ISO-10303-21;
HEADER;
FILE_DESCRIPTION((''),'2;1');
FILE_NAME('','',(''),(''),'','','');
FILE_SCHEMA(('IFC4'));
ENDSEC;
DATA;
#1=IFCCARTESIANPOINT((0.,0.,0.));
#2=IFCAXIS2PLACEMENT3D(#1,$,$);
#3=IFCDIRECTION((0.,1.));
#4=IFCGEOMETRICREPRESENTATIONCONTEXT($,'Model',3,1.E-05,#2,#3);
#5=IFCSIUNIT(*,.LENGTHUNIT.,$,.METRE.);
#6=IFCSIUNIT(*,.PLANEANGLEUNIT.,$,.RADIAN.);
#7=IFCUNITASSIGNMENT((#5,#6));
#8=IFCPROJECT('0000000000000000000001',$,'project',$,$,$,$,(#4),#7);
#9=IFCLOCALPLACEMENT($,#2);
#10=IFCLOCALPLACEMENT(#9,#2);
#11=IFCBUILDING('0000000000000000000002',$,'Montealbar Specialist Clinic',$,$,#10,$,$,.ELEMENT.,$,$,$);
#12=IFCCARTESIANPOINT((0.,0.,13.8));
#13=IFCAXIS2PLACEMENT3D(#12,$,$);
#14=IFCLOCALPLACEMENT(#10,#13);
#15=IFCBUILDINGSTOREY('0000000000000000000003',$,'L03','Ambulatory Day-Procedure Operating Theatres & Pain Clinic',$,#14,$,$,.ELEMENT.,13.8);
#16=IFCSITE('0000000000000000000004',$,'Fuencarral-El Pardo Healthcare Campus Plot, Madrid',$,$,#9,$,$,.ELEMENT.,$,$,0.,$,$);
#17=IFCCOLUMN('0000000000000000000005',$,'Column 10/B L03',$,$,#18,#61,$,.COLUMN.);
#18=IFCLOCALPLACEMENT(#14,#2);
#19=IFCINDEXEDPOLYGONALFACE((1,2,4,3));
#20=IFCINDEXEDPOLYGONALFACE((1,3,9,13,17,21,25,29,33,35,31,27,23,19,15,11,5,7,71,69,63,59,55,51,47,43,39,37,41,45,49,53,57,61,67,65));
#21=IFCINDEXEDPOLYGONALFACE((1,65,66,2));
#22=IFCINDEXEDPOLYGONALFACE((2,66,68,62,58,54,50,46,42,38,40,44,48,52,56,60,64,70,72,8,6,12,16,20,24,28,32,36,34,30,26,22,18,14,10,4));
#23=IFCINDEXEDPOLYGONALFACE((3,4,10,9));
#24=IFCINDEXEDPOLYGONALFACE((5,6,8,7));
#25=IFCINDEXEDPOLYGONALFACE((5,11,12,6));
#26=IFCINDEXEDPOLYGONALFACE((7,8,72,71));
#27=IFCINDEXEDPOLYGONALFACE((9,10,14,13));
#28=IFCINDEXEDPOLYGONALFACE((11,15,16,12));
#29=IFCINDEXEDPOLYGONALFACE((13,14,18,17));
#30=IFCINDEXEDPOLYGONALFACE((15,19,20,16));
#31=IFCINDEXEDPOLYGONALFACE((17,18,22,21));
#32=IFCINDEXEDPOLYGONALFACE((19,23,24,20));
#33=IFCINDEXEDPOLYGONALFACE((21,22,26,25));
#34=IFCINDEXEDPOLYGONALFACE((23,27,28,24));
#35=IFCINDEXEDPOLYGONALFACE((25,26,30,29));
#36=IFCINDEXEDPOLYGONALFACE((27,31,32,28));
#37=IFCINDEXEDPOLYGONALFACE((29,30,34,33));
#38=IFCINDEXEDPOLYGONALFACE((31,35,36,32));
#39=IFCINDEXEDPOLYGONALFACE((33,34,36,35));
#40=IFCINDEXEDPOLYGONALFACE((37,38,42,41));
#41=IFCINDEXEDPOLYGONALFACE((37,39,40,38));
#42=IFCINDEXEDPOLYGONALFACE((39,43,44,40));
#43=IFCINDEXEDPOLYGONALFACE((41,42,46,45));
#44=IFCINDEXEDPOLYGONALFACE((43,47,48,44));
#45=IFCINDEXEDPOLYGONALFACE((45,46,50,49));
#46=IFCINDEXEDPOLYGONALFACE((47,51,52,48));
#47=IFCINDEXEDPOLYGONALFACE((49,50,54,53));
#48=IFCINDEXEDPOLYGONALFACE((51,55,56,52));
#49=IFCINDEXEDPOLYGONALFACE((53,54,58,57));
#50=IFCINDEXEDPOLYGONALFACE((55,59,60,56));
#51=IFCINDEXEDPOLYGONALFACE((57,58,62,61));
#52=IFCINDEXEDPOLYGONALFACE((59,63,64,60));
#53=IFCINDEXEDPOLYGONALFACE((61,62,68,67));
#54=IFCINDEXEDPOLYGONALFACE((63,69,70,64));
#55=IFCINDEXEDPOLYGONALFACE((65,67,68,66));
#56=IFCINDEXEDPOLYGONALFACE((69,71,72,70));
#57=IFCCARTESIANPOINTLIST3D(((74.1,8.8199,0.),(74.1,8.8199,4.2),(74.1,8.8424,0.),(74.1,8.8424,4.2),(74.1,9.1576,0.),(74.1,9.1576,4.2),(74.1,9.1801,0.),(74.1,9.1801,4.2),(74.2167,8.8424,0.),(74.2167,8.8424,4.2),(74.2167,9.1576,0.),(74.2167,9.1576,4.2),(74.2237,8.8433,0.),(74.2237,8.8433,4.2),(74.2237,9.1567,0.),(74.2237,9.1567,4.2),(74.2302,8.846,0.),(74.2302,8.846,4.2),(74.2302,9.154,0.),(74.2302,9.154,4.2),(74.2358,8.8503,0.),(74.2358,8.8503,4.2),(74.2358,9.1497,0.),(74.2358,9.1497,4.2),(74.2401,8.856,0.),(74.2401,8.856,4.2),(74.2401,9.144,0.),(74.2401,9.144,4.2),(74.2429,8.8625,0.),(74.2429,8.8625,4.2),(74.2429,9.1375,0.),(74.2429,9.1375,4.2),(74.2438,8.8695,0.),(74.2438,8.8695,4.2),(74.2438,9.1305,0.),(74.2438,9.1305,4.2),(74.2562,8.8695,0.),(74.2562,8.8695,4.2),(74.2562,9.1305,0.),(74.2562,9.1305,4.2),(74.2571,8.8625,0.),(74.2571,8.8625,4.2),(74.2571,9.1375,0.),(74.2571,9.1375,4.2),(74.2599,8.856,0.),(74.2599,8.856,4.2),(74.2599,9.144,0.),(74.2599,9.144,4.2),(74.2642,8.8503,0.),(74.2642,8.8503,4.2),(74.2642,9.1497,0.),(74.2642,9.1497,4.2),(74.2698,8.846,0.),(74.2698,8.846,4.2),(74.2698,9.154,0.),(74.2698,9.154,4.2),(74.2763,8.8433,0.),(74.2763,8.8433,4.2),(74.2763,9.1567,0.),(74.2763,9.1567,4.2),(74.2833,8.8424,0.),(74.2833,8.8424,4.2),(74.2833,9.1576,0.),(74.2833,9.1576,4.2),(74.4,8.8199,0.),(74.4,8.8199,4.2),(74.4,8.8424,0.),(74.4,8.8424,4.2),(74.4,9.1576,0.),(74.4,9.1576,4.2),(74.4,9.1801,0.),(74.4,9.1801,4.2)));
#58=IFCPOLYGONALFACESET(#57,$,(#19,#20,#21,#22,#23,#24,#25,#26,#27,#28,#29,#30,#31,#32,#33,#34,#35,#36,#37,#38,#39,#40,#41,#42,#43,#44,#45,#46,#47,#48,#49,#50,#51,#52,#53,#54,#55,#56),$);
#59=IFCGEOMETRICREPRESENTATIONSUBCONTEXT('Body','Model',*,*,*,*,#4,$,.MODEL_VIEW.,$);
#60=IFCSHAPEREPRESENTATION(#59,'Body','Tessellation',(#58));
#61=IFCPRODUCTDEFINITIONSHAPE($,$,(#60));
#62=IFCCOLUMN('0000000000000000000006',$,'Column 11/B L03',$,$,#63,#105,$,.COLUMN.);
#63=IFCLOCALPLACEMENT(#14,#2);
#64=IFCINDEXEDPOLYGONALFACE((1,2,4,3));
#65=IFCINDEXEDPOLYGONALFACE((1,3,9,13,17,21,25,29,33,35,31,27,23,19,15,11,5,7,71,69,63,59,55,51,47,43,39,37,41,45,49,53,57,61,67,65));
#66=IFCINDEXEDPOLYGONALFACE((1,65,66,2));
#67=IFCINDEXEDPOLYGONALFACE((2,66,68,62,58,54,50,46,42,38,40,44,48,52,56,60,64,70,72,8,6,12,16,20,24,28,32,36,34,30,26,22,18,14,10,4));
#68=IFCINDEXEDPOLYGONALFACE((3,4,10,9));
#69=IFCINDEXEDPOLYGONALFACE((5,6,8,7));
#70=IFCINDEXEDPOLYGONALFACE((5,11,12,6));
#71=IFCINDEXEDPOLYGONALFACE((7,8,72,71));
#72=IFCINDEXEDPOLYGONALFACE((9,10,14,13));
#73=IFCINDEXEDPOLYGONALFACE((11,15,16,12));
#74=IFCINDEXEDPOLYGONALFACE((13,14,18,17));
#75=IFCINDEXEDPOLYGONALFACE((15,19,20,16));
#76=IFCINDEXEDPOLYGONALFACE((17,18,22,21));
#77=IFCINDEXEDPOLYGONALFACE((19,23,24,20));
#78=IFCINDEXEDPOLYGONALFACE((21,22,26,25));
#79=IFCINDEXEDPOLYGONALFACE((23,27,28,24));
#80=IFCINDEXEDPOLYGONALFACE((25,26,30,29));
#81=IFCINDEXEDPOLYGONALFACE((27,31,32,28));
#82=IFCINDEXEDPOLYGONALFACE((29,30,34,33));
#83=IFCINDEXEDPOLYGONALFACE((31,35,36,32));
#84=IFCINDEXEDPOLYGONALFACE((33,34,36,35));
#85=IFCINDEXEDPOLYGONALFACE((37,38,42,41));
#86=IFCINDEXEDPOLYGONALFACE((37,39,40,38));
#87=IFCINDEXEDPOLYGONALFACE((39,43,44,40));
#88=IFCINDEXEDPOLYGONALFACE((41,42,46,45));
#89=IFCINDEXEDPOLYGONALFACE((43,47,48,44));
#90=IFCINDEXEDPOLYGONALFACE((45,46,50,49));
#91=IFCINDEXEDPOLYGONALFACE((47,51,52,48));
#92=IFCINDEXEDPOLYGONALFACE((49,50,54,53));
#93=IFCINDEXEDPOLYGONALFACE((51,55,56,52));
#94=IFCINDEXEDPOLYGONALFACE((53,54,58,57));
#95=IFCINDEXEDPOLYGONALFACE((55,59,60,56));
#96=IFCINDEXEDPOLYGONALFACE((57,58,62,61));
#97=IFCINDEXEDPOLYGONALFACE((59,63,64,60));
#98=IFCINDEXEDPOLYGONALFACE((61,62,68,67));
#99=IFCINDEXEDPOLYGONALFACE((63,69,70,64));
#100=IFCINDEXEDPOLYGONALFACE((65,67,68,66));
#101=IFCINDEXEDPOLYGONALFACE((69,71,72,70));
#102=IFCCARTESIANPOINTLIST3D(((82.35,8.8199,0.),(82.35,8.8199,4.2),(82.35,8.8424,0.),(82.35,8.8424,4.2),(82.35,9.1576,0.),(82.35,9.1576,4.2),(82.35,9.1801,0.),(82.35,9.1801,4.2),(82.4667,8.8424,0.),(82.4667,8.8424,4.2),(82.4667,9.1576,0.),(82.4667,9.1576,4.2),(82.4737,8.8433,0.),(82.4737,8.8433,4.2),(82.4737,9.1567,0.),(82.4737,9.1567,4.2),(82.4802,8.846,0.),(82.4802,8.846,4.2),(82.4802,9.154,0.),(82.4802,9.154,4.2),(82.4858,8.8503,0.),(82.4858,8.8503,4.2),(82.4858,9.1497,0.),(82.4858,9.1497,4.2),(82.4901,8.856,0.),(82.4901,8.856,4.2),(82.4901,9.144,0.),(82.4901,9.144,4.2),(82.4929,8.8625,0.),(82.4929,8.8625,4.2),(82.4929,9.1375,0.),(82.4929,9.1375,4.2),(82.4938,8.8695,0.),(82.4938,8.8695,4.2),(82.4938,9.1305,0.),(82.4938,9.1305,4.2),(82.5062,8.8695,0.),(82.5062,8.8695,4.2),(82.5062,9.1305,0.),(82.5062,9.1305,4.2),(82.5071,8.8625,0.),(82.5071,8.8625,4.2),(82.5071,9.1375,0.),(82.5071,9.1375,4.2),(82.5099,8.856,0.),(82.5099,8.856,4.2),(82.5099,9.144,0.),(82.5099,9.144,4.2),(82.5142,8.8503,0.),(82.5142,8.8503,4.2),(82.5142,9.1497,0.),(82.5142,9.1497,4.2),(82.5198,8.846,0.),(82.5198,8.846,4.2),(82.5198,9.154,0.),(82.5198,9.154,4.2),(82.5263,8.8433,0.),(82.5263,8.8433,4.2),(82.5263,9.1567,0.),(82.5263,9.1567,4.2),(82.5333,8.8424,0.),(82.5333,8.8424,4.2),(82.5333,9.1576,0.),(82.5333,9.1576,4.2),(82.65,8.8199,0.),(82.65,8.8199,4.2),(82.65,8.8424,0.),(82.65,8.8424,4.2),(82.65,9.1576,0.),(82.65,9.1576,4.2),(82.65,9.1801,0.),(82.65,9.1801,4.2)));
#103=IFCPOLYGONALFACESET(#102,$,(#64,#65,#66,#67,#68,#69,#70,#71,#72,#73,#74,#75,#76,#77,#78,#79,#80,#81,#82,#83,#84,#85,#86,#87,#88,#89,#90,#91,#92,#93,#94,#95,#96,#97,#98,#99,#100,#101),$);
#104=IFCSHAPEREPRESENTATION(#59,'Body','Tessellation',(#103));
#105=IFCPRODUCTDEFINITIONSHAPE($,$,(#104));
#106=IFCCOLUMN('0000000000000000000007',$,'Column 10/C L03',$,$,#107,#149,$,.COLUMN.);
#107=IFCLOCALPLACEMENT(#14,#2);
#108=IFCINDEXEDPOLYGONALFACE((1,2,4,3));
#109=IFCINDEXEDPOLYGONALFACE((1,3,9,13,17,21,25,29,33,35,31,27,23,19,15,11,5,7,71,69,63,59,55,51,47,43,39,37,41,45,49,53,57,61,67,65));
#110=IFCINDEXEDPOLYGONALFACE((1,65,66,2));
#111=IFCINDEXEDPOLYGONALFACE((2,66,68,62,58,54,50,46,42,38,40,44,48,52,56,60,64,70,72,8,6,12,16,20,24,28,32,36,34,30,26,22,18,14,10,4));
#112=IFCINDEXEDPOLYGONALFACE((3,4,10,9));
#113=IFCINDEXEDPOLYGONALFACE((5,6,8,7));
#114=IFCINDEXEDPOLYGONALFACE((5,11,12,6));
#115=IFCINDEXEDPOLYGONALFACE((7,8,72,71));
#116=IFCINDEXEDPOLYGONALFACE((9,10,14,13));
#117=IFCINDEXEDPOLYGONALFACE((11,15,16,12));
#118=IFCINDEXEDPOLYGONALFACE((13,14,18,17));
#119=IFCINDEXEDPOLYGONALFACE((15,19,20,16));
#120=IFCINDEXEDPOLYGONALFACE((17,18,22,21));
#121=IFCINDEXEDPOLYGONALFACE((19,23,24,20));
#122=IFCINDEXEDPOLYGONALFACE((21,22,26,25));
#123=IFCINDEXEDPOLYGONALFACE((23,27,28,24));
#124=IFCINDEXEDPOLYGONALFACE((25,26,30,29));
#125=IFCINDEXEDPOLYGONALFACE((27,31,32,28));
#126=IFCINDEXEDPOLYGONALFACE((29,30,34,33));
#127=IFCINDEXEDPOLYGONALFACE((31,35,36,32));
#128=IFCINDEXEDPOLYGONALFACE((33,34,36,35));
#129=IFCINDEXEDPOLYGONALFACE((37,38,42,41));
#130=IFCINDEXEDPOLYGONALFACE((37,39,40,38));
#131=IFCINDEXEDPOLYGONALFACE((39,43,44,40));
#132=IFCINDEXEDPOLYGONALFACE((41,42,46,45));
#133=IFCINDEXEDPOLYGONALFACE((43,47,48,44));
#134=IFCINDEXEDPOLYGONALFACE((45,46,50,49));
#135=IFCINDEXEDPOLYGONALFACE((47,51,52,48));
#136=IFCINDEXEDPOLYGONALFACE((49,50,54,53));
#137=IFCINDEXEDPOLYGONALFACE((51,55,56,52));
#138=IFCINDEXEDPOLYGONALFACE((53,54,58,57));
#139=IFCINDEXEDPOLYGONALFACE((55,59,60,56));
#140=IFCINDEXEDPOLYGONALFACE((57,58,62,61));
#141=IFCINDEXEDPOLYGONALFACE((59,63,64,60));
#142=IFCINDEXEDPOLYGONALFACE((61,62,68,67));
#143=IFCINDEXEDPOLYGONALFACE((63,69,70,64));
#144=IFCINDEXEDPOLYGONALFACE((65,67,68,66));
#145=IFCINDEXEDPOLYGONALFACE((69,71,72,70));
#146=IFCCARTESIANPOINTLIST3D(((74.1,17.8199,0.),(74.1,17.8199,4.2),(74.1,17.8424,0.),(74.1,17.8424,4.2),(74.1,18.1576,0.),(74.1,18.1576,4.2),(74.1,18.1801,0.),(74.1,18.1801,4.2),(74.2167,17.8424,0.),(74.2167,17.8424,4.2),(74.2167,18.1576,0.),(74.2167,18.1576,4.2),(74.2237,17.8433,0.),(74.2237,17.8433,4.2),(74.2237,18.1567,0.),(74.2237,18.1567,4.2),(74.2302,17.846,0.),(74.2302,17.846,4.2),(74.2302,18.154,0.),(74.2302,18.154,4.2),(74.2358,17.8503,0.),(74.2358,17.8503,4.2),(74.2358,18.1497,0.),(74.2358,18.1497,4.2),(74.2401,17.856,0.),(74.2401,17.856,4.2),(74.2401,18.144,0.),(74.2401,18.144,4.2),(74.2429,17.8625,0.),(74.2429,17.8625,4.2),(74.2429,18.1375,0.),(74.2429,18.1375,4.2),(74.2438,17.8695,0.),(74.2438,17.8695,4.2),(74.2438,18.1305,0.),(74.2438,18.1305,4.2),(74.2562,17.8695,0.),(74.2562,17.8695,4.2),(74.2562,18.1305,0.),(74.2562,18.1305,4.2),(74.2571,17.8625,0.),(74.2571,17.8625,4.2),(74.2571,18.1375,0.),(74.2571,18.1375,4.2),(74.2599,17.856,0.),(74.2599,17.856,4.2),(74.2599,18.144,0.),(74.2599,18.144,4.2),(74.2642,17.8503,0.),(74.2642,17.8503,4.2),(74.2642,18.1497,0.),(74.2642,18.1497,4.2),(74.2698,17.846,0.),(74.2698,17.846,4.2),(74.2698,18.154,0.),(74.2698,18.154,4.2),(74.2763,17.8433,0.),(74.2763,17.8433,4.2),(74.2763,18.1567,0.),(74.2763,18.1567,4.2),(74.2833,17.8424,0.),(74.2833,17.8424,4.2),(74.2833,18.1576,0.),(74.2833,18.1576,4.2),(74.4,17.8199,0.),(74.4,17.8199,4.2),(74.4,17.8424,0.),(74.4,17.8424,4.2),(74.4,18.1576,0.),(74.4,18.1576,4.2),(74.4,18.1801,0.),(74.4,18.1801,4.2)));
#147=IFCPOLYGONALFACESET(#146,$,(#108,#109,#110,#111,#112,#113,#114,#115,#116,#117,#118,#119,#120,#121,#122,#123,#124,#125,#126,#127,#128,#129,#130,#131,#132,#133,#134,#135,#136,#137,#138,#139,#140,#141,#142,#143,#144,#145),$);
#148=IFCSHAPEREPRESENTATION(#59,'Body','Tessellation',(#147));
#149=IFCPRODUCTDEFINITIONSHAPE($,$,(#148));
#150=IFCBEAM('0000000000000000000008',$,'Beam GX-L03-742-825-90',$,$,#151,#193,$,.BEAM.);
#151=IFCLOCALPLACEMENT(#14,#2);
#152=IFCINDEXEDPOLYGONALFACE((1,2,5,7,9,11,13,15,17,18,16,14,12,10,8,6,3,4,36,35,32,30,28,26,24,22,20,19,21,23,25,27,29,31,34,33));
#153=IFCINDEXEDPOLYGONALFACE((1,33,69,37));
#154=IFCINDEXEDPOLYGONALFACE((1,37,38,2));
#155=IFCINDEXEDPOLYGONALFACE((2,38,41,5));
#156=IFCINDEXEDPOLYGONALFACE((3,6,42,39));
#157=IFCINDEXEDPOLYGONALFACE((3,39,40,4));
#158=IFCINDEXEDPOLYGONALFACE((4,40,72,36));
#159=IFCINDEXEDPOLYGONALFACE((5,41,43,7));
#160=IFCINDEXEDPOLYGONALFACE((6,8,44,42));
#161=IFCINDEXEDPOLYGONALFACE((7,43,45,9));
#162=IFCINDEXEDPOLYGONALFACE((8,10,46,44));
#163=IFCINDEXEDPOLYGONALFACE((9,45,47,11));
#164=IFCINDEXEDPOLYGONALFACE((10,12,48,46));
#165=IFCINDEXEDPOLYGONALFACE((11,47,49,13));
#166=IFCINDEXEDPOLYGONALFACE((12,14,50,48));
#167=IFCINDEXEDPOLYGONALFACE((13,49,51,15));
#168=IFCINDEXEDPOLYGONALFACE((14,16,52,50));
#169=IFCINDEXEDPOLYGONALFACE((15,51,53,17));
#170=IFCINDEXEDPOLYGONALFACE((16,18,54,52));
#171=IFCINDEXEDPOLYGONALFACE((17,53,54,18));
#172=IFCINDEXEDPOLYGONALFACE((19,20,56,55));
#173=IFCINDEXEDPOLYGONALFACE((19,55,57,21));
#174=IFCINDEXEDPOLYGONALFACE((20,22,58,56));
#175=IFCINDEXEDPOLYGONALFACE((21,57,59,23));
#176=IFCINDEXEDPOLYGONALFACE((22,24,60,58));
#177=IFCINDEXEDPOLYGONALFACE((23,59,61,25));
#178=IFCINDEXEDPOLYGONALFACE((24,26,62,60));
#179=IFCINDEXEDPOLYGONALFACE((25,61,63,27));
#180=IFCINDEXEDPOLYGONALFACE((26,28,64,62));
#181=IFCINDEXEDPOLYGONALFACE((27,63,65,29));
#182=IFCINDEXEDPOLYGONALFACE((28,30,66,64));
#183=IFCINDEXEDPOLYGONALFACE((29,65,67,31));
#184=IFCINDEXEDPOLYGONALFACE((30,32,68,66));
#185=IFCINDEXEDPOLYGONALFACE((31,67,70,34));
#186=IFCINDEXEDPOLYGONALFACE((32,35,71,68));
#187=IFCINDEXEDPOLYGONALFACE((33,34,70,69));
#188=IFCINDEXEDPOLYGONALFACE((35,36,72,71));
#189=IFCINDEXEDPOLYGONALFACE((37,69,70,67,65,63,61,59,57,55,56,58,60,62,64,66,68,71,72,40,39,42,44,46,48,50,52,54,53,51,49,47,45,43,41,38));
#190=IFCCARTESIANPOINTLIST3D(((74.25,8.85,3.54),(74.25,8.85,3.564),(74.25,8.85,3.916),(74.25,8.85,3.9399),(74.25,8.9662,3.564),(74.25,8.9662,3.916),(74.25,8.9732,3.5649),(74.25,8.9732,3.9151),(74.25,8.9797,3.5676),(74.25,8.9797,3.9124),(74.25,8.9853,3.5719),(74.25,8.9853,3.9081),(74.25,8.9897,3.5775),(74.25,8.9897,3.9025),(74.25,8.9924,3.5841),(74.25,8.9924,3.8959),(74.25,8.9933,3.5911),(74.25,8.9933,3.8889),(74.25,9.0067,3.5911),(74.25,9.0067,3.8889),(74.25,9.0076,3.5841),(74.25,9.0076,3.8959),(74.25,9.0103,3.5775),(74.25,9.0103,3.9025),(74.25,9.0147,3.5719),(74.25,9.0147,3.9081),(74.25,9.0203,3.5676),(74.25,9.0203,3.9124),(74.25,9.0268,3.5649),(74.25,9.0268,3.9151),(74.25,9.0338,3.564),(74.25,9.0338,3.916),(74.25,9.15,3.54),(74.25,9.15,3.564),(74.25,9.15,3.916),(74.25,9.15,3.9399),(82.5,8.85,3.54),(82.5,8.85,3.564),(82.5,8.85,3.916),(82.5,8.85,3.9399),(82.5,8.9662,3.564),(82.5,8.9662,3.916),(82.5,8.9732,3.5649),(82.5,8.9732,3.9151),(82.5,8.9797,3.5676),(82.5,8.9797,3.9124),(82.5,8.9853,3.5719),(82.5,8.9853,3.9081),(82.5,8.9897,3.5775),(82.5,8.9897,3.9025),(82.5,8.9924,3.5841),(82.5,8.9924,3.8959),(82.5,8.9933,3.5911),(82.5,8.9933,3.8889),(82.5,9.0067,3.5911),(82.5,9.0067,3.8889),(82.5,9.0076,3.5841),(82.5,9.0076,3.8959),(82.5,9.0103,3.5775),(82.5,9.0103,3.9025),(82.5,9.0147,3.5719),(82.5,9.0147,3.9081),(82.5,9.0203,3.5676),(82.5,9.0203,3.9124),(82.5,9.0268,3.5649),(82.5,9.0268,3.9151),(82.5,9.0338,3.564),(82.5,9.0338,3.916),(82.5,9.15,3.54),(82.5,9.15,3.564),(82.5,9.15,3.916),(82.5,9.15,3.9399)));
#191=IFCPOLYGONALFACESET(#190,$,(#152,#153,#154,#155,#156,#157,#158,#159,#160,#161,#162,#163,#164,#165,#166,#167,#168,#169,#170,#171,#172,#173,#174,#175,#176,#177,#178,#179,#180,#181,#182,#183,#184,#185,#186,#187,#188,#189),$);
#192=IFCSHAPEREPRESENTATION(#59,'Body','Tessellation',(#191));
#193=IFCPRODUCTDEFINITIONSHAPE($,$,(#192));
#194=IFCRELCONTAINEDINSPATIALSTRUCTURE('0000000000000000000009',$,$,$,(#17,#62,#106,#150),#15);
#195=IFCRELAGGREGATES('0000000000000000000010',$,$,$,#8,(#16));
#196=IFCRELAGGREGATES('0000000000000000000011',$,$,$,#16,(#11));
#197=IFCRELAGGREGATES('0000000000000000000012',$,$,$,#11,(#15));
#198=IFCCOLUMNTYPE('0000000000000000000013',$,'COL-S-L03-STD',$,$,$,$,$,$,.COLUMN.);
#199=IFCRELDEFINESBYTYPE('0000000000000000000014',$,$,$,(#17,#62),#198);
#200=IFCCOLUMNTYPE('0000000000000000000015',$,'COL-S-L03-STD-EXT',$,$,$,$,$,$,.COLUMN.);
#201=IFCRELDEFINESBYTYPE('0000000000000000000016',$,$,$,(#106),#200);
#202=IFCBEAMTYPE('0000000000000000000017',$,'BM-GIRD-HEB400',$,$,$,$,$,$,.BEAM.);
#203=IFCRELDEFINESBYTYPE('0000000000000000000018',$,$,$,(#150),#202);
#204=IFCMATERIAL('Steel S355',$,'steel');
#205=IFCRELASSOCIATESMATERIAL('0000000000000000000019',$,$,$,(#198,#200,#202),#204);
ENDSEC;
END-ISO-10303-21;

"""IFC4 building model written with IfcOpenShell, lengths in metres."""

from ifc_helpers import new_model, si_unit, direction, frame, origin, origin_2d, place, context, subcontext, project, spatial, i_section, extrude, material, material_profile, profile_set, type_object, element, save


model = new_model("IFC4")

# Units and contexts
model_context = context("Model", 3, precision=1e-05, world=origin(), true_north=direction((0.0, 1.0)))
body_context = subcontext(model_context, "Body", "Model", "MODEL_VIEW")
ifc_project = project(units=[si_unit("LENGTHUNIT", "METRE"), si_unit("PLANEANGLEUNIT", "RADIAN")], contexts=[model_context])

# Site, building, storey
site_placement = place(None, origin())
site = spatial("IfcSite", under=ifc_project, at=site_placement, Name="Fuencarral-El Pardo Healthcare Campus Plot, Madrid", CompositionType="ELEMENT", RefElevation=0.0)
building_placement = place(site_placement, origin())
building = spatial("IfcBuilding", under=site, at=building_placement, Name="Montealbar Specialist Clinic", CompositionType="ELEMENT")
storey_placement = place(building_placement, frame((0.0, 0.0, 13.8)))
storey = spatial("IfcBuildingStorey", under=building, at=storey_placement, Name="L03", Description="Ambulatory Day-Procedure Operating Theatres & Pain Clinic", CompositionType="ELEMENT", Elevation=13.8)

# Columns
ifc_material_1 = material(Name="Steel S355", Category="steel")
ifc_material_profile_1 = material_profile(ifc_material_1, i_section(OverallWidth=0.3, OverallDepth=0.3601, WebThickness=0.0125, FlangeThickness=0.0225, FilletRadius=0.0271, at=origin_2d()), Name="HEB 360", Category="steel")
ifc_profile_set_1 = profile_set([ifc_material_profile_1], Name="Steel S355")
column_type_1 = type_object("IfcColumnType", Name="COL-S-L03-STD", PredefinedType="COLUMN", material=ifc_profile_set_1)
for number, where, z_axis, x_axis, name in (
    (1, (74.25, 9.0, 0.0), (0.0, 0.0, 1.0), (1.0, 0.0, 0.0), "Column 10/B L03"),
    (2, (82.5, 9.0, 0.0), (0.0, 0.0, 1.0), (1.0, 0.0, 0.0), "Column 11/B L03"),
):
    element("IfcColumn", number, at=place(storey_placement, frame(where, z_axis=z_axis, x_axis=x_axis)), inside=storey, type_object=column_type_1, Name=name, PredefinedType="COLUMN", context=body_context, shape_type="SweptSolid", body=[
        extrude(i_section(OverallWidth=0.3, OverallDepth=0.3601, WebThickness=0.0125, FlangeThickness=0.0225, FilletRadius=0.0271, at=origin_2d()), origin(), (0.0, 0.0, 1.0), 4.2),
    ])
ifc_material_profile_2 = material_profile(ifc_material_1, i_section(OverallWidth=0.3, OverallDepth=0.3601, WebThickness=0.0125, FlangeThickness=0.0225, FilletRadius=0.0271, at=origin_2d()), Name="HEB 360", Category="steel")
ifc_profile_set_2 = profile_set([ifc_material_profile_2], Name="Steel S355")
column_type_2 = type_object("IfcColumnType", Name="COL-S-L03-STD-EXT", PredefinedType="COLUMN", material=ifc_profile_set_2)
column_placement = place(storey_placement, frame((74.25, 18.0, 0.0), z_axis=(0.0, 0.0, 1.0), x_axis=(1.0, 0.0, 0.0)))
element("IfcColumn", 3, at=column_placement, inside=storey, type_object=column_type_2, Name="Column 10/C L03", PredefinedType="COLUMN", context=body_context, shape_type="SweptSolid", body=[
    extrude(i_section(OverallWidth=0.3, OverallDepth=0.3601, WebThickness=0.0125, FlangeThickness=0.0225, FilletRadius=0.0271, at=origin_2d()), origin(), (0.0, 0.0, 1.0), 4.2),
])

# Beam
ifc_material_profile_3 = material_profile(ifc_material_1, i_section(OverallWidth=0.3, OverallDepth=0.3999, WebThickness=0.0134, FlangeThickness=0.0239, FilletRadius=0.0271, at=origin_2d()), Name="HEB 400", Category="steel")
ifc_profile_set_3 = profile_set([ifc_material_profile_3], Name="Steel S355")
beam_type_1 = type_object("IfcBeamType", Name="BM-GIRD-HEB400", PredefinedType="BEAM", material=ifc_profile_set_3)
for number, where, z_axis, x_axis, name in (
    (4, (74.25, 9.0, 3.74), (1.0, 0.0, 0.0), (0.0, 1.0, 0.0), "Beam GX-L03-742-825-90"),
):
    element("IfcBeam", number, at=place(storey_placement, frame(where, z_axis=z_axis, x_axis=x_axis)), inside=storey, type_object=beam_type_1, Name=name, PredefinedType="BEAM", context=body_context, shape_type="SweptSolid", body=[
        extrude(i_section(OverallWidth=0.3, OverallDepth=0.3999, WebThickness=0.0134, FlangeThickness=0.0239, FilletRadius=0.0271, at=origin_2d()), origin(), (0.0, 0.0, 1.0), 8.25),
    ])

save(model, "model.ifc")
